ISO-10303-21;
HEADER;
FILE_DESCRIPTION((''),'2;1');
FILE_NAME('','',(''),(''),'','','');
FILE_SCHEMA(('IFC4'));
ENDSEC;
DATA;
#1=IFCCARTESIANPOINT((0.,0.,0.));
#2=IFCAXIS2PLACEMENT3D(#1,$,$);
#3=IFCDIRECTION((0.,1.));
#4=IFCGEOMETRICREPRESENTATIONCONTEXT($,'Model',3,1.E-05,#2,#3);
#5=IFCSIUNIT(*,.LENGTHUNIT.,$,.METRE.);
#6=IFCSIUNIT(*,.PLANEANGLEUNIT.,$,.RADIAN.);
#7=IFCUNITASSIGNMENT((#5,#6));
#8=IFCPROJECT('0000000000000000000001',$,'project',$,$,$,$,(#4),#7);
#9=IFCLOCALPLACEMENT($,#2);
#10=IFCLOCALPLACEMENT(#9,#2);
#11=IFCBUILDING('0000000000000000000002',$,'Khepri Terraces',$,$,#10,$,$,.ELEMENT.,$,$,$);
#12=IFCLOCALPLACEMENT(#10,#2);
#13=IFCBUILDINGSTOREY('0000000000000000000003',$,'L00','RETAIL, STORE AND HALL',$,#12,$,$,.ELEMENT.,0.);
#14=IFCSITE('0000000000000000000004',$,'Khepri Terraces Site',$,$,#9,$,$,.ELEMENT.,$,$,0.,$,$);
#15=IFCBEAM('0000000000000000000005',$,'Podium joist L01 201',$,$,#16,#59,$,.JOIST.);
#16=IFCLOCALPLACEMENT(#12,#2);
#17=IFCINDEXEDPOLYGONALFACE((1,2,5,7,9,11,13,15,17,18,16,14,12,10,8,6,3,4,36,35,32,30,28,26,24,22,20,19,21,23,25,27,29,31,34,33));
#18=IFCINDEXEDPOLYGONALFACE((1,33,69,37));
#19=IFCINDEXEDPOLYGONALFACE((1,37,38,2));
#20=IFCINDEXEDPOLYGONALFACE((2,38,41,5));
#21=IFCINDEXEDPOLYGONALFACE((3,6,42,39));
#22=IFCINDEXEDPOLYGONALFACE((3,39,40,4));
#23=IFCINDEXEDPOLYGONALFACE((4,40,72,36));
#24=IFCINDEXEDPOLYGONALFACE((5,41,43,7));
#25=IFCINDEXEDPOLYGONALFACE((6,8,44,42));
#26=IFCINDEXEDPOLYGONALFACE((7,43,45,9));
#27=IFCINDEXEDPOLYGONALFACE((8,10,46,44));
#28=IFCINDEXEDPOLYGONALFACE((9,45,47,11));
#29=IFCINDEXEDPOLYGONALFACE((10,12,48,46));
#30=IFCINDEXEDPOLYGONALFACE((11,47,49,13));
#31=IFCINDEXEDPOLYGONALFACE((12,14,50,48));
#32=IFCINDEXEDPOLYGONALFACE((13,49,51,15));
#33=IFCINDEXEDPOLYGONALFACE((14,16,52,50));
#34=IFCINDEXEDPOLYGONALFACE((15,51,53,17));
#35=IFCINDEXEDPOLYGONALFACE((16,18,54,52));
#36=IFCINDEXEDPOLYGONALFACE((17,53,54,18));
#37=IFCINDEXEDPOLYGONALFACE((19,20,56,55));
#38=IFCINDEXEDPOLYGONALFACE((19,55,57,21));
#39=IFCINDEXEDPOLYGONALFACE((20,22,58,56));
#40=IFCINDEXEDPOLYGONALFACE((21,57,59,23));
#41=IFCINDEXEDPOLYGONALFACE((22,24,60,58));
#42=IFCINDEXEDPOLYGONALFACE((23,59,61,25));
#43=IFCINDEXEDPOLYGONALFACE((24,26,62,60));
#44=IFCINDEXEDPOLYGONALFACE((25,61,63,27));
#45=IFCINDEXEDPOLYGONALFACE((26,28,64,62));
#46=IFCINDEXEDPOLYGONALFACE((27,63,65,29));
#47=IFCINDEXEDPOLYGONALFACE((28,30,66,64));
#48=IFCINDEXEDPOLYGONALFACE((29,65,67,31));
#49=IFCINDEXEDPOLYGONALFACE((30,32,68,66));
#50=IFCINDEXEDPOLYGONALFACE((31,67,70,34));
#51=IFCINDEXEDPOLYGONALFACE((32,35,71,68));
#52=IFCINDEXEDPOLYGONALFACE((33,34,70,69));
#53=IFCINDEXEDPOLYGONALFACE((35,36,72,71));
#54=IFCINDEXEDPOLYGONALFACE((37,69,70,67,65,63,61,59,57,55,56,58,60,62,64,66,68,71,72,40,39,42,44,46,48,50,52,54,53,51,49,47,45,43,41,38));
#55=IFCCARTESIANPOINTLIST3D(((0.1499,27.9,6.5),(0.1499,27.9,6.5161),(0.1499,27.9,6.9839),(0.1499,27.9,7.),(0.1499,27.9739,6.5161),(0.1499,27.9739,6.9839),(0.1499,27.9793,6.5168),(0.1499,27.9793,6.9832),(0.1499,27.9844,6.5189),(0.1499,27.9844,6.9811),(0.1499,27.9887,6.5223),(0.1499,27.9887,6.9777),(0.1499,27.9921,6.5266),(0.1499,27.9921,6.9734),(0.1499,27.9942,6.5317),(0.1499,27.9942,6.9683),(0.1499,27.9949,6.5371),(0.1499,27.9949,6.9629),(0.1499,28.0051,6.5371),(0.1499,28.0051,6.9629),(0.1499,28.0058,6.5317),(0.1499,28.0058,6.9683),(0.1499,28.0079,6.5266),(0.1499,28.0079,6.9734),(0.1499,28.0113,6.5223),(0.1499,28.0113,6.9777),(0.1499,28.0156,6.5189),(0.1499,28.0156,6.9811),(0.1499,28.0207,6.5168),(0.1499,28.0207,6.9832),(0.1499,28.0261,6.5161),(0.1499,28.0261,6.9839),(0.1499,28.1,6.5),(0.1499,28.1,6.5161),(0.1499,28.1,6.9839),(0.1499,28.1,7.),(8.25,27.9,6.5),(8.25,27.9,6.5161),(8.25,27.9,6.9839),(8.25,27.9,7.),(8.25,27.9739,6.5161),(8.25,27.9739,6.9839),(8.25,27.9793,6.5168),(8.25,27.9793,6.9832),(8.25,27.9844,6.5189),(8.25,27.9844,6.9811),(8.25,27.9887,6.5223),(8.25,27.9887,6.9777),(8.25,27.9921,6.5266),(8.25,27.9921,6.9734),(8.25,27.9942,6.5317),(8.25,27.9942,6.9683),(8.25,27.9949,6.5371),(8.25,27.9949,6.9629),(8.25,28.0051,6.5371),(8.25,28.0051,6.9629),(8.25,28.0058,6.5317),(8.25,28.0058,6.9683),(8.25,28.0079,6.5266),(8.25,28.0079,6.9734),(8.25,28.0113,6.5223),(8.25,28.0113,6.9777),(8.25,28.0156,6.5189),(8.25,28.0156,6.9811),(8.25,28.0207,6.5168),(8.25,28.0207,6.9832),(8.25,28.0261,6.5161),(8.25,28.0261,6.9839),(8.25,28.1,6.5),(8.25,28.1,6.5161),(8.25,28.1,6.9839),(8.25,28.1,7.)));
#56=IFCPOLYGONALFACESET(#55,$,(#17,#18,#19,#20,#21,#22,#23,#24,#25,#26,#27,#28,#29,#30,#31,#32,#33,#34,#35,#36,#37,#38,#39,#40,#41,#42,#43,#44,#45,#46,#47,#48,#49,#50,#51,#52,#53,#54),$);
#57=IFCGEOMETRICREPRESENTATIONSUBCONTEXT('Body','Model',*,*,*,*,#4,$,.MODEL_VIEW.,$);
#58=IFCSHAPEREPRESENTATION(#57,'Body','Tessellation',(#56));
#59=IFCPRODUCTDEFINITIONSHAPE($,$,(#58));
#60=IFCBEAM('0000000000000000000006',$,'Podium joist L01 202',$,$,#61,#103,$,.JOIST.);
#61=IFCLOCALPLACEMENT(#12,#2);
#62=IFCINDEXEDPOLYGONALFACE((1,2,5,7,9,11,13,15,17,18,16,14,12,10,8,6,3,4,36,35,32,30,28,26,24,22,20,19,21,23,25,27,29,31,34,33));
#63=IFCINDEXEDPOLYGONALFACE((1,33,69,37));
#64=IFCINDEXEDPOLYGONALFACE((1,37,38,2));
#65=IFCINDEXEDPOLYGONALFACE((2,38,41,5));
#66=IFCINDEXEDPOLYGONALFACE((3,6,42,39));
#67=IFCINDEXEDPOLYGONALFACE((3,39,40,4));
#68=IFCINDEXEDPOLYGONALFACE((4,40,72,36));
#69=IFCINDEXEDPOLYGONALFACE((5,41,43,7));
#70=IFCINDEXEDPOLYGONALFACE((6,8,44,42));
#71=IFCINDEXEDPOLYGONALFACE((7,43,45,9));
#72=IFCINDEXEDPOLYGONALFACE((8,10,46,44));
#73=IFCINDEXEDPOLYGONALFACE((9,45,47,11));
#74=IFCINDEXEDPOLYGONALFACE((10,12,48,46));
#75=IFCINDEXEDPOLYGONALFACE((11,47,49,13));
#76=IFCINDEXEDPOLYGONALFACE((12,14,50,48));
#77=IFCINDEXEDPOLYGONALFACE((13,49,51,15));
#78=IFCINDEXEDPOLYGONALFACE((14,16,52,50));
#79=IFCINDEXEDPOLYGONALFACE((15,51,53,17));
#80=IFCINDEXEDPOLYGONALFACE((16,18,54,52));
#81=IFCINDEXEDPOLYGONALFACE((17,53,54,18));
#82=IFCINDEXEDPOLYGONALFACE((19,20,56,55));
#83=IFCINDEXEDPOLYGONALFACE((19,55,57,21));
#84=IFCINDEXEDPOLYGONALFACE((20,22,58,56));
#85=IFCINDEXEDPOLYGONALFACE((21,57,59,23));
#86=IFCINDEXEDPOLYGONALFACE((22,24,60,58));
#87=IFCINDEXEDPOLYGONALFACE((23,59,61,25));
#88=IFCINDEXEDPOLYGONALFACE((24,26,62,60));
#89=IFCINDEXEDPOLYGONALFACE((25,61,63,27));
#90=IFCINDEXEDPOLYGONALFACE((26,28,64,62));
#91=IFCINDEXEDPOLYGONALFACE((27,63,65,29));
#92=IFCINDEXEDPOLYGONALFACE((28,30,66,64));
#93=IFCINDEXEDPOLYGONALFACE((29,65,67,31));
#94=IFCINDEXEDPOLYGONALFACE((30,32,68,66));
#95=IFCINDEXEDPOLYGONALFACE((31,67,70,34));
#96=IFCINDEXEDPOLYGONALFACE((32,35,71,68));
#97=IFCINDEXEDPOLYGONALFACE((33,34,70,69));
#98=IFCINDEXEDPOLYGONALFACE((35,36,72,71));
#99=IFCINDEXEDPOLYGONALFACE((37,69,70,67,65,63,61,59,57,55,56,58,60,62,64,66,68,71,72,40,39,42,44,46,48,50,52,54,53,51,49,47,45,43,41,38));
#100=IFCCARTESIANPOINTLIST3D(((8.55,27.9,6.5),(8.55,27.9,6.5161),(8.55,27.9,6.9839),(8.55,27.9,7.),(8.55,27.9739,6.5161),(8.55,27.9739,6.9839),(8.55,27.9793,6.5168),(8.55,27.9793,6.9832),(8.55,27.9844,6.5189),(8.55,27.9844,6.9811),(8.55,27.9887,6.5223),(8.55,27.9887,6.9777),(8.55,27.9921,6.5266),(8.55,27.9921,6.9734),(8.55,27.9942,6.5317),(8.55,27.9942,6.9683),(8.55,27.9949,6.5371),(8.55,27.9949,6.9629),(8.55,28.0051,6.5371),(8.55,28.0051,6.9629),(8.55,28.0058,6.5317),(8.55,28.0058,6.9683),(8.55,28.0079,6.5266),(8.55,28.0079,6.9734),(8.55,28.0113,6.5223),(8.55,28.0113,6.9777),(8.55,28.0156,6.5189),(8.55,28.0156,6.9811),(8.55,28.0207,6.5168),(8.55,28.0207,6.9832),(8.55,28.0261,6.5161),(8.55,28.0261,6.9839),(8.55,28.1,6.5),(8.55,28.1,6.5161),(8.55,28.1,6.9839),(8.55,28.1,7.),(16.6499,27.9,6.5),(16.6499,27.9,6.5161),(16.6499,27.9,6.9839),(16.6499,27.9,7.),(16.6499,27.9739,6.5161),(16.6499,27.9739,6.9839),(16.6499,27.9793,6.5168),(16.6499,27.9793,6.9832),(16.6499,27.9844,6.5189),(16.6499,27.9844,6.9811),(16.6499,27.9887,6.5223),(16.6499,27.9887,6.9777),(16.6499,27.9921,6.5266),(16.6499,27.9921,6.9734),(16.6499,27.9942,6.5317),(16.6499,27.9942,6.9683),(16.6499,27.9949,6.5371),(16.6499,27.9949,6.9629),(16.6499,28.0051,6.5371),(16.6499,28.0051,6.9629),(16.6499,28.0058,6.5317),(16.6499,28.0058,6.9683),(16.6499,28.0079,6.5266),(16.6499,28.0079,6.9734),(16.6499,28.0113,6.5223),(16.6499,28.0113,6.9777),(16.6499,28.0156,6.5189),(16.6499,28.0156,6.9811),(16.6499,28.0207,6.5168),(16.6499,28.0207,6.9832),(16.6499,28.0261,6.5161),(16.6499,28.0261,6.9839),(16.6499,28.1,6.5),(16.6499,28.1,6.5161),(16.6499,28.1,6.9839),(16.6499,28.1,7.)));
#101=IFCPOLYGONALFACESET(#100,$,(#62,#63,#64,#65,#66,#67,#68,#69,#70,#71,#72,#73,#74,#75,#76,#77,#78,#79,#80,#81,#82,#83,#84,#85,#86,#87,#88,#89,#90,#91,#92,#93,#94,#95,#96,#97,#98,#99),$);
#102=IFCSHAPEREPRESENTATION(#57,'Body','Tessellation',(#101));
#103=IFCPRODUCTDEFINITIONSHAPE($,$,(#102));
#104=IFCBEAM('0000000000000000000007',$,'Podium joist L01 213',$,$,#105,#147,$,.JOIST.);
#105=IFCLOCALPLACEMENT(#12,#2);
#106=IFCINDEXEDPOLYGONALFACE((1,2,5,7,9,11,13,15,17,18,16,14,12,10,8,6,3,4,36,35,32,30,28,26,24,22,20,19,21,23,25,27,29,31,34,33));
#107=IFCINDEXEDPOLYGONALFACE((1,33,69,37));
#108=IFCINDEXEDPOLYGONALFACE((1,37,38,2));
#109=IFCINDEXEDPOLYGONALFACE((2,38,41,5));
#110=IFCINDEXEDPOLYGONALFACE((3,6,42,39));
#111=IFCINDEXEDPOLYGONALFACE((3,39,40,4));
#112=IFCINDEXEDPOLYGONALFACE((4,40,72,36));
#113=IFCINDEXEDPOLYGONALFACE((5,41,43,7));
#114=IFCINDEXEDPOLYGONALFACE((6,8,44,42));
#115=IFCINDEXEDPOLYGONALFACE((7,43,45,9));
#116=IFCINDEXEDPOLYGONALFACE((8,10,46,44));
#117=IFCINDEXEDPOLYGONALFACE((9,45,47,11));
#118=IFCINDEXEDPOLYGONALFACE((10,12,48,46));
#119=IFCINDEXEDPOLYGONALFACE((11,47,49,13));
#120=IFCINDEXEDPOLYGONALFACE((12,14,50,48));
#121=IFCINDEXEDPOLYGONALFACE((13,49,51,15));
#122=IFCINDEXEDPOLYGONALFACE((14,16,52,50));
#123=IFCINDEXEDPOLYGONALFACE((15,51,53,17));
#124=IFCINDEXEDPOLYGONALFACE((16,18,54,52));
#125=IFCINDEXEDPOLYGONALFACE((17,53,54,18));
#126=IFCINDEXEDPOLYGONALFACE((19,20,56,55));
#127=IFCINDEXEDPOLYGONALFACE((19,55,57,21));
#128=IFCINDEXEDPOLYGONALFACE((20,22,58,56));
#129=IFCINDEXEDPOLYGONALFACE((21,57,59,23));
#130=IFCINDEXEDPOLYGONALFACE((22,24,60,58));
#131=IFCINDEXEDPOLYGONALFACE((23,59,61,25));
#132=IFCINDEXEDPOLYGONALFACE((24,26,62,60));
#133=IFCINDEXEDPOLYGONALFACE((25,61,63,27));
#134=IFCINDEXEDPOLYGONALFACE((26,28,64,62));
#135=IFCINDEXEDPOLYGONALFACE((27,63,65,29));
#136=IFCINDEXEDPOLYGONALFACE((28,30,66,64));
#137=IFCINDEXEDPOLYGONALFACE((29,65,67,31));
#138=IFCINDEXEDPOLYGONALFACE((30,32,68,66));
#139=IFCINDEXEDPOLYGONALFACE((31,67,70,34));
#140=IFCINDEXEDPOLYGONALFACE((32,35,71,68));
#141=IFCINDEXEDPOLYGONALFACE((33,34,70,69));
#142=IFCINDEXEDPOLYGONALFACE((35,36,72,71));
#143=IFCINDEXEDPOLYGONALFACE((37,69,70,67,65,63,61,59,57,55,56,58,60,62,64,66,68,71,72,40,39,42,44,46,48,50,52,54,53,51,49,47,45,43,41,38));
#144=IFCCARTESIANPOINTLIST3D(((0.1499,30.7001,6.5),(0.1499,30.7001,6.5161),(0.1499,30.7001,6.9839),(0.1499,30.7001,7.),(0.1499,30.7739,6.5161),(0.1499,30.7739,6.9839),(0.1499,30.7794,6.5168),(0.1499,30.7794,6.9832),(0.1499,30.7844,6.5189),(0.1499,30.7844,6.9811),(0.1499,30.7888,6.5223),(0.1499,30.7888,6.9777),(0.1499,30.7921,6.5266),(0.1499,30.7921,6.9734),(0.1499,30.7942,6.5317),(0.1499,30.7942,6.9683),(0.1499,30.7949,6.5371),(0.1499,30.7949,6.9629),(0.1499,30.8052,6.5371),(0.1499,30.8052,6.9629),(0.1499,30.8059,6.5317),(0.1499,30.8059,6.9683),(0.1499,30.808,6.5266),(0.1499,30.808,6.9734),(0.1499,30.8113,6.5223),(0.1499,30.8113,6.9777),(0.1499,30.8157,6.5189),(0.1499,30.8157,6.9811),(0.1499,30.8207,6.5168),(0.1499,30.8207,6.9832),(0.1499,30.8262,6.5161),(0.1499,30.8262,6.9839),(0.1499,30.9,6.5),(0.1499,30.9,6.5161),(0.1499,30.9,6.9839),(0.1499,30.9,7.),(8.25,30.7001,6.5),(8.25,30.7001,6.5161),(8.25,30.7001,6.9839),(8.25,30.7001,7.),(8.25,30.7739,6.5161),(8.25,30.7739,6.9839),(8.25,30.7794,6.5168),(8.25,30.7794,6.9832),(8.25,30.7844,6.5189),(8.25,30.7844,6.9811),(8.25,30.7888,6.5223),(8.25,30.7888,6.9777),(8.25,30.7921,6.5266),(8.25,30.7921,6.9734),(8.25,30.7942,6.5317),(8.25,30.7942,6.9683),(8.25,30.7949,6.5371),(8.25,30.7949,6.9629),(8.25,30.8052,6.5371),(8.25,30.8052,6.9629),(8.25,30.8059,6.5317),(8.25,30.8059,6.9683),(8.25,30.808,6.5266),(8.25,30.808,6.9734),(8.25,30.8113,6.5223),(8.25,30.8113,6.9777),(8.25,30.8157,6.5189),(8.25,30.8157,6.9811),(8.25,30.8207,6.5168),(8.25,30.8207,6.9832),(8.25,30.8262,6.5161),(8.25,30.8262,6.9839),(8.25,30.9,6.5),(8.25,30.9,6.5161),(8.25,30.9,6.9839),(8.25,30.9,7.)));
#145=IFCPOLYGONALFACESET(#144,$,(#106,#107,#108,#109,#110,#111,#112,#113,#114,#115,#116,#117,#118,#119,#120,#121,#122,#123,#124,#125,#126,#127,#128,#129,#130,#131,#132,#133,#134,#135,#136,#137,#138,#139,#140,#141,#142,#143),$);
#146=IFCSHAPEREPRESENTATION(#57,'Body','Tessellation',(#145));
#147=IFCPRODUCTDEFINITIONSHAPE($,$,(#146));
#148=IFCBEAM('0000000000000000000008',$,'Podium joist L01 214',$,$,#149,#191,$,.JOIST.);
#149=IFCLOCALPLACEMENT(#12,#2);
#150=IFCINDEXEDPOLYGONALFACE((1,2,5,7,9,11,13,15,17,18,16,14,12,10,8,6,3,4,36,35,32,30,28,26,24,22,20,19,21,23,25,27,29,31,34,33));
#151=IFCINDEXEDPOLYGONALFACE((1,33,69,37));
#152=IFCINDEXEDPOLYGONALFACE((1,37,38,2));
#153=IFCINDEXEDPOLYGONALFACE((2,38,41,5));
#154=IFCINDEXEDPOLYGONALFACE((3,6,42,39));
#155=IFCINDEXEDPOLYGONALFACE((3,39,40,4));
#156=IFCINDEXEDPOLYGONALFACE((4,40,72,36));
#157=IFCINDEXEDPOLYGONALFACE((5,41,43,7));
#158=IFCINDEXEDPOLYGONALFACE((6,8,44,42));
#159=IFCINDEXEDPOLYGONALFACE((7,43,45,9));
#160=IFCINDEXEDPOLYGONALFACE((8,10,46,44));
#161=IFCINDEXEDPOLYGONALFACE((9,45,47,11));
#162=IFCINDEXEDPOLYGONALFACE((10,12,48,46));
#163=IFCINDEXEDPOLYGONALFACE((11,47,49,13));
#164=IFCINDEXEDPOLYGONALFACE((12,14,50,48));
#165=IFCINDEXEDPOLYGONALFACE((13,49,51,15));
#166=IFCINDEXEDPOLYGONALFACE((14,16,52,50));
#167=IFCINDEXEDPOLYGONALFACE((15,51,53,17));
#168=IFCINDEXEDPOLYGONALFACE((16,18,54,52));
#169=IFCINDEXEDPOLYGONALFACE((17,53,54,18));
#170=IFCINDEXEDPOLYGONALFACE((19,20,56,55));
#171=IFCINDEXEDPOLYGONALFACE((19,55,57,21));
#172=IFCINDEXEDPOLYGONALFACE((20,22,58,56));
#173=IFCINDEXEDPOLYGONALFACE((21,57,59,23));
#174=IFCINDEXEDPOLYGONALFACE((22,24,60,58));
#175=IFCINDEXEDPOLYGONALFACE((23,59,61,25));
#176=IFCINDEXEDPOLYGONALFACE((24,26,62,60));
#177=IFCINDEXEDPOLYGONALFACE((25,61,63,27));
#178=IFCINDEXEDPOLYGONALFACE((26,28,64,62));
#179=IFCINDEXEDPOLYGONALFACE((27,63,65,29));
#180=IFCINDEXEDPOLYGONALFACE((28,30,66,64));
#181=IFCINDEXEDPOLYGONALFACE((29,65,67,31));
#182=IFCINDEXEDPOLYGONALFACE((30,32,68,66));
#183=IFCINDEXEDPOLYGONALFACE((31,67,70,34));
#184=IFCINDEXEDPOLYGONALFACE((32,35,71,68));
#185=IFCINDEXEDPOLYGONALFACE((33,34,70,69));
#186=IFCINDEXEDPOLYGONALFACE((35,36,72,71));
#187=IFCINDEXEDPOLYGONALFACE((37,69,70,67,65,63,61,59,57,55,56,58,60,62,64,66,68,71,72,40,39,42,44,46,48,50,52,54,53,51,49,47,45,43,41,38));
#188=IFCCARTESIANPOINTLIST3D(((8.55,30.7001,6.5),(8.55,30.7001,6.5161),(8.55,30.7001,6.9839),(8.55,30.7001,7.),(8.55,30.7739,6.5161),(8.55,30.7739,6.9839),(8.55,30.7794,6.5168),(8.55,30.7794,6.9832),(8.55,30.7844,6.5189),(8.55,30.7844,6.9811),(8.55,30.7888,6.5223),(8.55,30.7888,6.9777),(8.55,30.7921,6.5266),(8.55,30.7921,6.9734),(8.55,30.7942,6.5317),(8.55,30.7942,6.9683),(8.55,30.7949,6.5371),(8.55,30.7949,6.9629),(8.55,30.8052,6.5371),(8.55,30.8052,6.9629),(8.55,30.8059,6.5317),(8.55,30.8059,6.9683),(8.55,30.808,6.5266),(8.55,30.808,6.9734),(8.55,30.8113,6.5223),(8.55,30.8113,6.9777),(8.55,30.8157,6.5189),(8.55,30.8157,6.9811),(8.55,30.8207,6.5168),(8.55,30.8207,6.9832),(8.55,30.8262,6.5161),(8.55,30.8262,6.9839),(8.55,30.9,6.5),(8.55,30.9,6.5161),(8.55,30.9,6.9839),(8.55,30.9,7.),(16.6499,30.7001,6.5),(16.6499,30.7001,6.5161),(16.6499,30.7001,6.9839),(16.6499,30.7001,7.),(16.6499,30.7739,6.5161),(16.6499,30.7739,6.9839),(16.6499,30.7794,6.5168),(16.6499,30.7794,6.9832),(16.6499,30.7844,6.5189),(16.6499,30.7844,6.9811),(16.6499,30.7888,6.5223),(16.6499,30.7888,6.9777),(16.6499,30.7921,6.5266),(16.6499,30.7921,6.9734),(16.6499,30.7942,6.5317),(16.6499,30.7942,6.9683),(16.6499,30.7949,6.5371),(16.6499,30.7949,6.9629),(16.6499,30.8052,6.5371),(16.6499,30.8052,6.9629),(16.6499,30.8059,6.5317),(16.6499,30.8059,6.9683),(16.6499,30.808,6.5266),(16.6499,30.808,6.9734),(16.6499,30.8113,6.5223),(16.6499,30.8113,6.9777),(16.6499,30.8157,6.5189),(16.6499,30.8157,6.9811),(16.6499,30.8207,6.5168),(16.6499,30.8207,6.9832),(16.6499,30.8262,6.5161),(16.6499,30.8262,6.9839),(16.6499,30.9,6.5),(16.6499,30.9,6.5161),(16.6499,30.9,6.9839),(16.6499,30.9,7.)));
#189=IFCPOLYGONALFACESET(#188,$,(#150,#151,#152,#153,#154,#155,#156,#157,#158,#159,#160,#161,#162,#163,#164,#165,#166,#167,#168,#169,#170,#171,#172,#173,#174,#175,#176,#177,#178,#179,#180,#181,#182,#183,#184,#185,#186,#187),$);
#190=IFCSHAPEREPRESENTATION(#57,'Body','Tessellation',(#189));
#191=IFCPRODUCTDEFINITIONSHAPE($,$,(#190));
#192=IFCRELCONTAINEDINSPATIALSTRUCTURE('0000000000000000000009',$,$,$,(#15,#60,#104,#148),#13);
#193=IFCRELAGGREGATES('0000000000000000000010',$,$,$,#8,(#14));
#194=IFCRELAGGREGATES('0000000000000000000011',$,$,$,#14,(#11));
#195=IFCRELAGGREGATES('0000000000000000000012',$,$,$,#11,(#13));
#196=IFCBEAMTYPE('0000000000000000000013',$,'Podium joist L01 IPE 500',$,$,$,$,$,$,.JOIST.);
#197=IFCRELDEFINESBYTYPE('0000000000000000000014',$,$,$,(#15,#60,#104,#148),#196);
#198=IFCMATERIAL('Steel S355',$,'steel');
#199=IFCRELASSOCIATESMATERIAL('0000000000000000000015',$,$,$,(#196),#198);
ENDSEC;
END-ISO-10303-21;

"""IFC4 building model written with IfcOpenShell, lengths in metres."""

from ifc_helpers import new_model, si_unit, direction, frame, origin, origin_2d, place, context, subcontext, project, spatial, i_section, extrude, material, material_profile, profile_set, type_object, element, save


model = new_model("IFC4")

# Units and contexts
model_context = context("Model", 3, precision=1e-05, world=origin(), true_north=direction((0.0, 1.0)))
body_context = subcontext(model_context, "Body", "Model", "MODEL_VIEW")
ifc_project = project(units=[si_unit("LENGTHUNIT", "METRE"), si_unit("PLANEANGLEUNIT", "RADIAN")], contexts=[model_context])

# Site, building, storey
site_placement = place(None, origin())
site = spatial("IfcSite", under=ifc_project, at=site_placement, Name="Khepri Terraces Site", CompositionType="ELEMENT", RefElevation=0.0)
building_placement = place(site_placement, origin())
building = spatial("IfcBuilding", under=site, at=building_placement, Name="Khepri Terraces", CompositionType="ELEMENT")
storey_placement = place(building_placement, origin())
storey = spatial("IfcBuildingStorey", under=building, at=storey_placement, Name="L00", Description="RETAIL, STORE AND HALL", CompositionType="ELEMENT", Elevation=0.0)

# Beams
ifc_material_1 = material(Name="Steel S355", Category="steel")
ifc_material_profile_1 = material_profile(ifc_material_1, i_section(OverallWidth=0.2, OverallDepth=0.5, WebThickness=0.0103, FlangeThickness=0.0161, FilletRadius=0.021, at=origin_2d()), Name="Steel S355", Category="steel")
ifc_profile_set_1 = profile_set([ifc_material_profile_1], Name="Steel S355")
beam_type_1 = type_object("IfcBeamType", Name="Podium joist L01 IPE 500", PredefinedType="JOIST", material=ifc_profile_set_1)
beam_1_placement = place(storey_placement, frame((0.1499, 28.0, 6.75), z_axis=(1.0, 0.0, 0.0), x_axis=(0.0, 1.0, 0.0)))
element("IfcBeam", 1, at=beam_1_placement, inside=storey, type_object=beam_type_1, Name="Podium joist L01 201", PredefinedType="JOIST", context=body_context, shape_type="SweptSolid", body=[
    extrude(i_section(OverallWidth=0.2, OverallDepth=0.5, WebThickness=0.0103, FlangeThickness=0.0161, FilletRadius=0.021, at=origin_2d()), origin(), (0.0, 0.0, 1.0), 8.1001),
])
beam_2_placement = place(storey_placement, frame((8.55, 28.0, 6.75), z_axis=(1.0, 0.0, 0.0), x_axis=(0.0, 1.0, 0.0)))
element("IfcBeam", 2, at=beam_2_placement, inside=storey, type_object=beam_type_1, Name="Podium joist L01 202", PredefinedType="JOIST", context=body_context, shape_type="SweptSolid", body=[
    extrude(i_section(OverallWidth=0.2, OverallDepth=0.5, WebThickness=0.0103, FlangeThickness=0.0161, FilletRadius=0.021, at=origin_2d()), origin(), (0.0, 0.0, 1.0), 8.0999),
])
beam_3_placement = place(storey_placement, frame((0.1499, 30.8, 6.75), z_axis=(1.0, 0.0, 0.0), x_axis=(0.0, 1.0, 0.0)))
element("IfcBeam", 3, at=beam_3_placement, inside=storey, type_object=beam_type_1, Name="Podium joist L01 213", PredefinedType="JOIST", context=body_context, shape_type="SweptSolid", body=[
    extrude(i_section(OverallWidth=0.2, OverallDepth=0.5, WebThickness=0.0103, FlangeThickness=0.0161, FilletRadius=0.021, at=origin_2d()), origin(), (0.0, 0.0, 1.0), 8.1001),
])
beam_4_placement = place(storey_placement, frame((8.55, 30.8, 6.75), z_axis=(1.0, 0.0, 0.0), x_axis=(0.0, 1.0, 0.0)))
element("IfcBeam", 4, at=beam_4_placement, inside=storey, type_object=beam_type_1, Name="Podium joist L01 214", PredefinedType="JOIST", context=body_context, shape_type="SweptSolid", body=[
    extrude(i_section(OverallWidth=0.2, OverallDepth=0.5, WebThickness=0.0103, FlangeThickness=0.0161, FilletRadius=0.021, at=origin_2d()), origin(), (0.0, 0.0, 1.0), 8.0999),
])

save(model, "model.ifc")
